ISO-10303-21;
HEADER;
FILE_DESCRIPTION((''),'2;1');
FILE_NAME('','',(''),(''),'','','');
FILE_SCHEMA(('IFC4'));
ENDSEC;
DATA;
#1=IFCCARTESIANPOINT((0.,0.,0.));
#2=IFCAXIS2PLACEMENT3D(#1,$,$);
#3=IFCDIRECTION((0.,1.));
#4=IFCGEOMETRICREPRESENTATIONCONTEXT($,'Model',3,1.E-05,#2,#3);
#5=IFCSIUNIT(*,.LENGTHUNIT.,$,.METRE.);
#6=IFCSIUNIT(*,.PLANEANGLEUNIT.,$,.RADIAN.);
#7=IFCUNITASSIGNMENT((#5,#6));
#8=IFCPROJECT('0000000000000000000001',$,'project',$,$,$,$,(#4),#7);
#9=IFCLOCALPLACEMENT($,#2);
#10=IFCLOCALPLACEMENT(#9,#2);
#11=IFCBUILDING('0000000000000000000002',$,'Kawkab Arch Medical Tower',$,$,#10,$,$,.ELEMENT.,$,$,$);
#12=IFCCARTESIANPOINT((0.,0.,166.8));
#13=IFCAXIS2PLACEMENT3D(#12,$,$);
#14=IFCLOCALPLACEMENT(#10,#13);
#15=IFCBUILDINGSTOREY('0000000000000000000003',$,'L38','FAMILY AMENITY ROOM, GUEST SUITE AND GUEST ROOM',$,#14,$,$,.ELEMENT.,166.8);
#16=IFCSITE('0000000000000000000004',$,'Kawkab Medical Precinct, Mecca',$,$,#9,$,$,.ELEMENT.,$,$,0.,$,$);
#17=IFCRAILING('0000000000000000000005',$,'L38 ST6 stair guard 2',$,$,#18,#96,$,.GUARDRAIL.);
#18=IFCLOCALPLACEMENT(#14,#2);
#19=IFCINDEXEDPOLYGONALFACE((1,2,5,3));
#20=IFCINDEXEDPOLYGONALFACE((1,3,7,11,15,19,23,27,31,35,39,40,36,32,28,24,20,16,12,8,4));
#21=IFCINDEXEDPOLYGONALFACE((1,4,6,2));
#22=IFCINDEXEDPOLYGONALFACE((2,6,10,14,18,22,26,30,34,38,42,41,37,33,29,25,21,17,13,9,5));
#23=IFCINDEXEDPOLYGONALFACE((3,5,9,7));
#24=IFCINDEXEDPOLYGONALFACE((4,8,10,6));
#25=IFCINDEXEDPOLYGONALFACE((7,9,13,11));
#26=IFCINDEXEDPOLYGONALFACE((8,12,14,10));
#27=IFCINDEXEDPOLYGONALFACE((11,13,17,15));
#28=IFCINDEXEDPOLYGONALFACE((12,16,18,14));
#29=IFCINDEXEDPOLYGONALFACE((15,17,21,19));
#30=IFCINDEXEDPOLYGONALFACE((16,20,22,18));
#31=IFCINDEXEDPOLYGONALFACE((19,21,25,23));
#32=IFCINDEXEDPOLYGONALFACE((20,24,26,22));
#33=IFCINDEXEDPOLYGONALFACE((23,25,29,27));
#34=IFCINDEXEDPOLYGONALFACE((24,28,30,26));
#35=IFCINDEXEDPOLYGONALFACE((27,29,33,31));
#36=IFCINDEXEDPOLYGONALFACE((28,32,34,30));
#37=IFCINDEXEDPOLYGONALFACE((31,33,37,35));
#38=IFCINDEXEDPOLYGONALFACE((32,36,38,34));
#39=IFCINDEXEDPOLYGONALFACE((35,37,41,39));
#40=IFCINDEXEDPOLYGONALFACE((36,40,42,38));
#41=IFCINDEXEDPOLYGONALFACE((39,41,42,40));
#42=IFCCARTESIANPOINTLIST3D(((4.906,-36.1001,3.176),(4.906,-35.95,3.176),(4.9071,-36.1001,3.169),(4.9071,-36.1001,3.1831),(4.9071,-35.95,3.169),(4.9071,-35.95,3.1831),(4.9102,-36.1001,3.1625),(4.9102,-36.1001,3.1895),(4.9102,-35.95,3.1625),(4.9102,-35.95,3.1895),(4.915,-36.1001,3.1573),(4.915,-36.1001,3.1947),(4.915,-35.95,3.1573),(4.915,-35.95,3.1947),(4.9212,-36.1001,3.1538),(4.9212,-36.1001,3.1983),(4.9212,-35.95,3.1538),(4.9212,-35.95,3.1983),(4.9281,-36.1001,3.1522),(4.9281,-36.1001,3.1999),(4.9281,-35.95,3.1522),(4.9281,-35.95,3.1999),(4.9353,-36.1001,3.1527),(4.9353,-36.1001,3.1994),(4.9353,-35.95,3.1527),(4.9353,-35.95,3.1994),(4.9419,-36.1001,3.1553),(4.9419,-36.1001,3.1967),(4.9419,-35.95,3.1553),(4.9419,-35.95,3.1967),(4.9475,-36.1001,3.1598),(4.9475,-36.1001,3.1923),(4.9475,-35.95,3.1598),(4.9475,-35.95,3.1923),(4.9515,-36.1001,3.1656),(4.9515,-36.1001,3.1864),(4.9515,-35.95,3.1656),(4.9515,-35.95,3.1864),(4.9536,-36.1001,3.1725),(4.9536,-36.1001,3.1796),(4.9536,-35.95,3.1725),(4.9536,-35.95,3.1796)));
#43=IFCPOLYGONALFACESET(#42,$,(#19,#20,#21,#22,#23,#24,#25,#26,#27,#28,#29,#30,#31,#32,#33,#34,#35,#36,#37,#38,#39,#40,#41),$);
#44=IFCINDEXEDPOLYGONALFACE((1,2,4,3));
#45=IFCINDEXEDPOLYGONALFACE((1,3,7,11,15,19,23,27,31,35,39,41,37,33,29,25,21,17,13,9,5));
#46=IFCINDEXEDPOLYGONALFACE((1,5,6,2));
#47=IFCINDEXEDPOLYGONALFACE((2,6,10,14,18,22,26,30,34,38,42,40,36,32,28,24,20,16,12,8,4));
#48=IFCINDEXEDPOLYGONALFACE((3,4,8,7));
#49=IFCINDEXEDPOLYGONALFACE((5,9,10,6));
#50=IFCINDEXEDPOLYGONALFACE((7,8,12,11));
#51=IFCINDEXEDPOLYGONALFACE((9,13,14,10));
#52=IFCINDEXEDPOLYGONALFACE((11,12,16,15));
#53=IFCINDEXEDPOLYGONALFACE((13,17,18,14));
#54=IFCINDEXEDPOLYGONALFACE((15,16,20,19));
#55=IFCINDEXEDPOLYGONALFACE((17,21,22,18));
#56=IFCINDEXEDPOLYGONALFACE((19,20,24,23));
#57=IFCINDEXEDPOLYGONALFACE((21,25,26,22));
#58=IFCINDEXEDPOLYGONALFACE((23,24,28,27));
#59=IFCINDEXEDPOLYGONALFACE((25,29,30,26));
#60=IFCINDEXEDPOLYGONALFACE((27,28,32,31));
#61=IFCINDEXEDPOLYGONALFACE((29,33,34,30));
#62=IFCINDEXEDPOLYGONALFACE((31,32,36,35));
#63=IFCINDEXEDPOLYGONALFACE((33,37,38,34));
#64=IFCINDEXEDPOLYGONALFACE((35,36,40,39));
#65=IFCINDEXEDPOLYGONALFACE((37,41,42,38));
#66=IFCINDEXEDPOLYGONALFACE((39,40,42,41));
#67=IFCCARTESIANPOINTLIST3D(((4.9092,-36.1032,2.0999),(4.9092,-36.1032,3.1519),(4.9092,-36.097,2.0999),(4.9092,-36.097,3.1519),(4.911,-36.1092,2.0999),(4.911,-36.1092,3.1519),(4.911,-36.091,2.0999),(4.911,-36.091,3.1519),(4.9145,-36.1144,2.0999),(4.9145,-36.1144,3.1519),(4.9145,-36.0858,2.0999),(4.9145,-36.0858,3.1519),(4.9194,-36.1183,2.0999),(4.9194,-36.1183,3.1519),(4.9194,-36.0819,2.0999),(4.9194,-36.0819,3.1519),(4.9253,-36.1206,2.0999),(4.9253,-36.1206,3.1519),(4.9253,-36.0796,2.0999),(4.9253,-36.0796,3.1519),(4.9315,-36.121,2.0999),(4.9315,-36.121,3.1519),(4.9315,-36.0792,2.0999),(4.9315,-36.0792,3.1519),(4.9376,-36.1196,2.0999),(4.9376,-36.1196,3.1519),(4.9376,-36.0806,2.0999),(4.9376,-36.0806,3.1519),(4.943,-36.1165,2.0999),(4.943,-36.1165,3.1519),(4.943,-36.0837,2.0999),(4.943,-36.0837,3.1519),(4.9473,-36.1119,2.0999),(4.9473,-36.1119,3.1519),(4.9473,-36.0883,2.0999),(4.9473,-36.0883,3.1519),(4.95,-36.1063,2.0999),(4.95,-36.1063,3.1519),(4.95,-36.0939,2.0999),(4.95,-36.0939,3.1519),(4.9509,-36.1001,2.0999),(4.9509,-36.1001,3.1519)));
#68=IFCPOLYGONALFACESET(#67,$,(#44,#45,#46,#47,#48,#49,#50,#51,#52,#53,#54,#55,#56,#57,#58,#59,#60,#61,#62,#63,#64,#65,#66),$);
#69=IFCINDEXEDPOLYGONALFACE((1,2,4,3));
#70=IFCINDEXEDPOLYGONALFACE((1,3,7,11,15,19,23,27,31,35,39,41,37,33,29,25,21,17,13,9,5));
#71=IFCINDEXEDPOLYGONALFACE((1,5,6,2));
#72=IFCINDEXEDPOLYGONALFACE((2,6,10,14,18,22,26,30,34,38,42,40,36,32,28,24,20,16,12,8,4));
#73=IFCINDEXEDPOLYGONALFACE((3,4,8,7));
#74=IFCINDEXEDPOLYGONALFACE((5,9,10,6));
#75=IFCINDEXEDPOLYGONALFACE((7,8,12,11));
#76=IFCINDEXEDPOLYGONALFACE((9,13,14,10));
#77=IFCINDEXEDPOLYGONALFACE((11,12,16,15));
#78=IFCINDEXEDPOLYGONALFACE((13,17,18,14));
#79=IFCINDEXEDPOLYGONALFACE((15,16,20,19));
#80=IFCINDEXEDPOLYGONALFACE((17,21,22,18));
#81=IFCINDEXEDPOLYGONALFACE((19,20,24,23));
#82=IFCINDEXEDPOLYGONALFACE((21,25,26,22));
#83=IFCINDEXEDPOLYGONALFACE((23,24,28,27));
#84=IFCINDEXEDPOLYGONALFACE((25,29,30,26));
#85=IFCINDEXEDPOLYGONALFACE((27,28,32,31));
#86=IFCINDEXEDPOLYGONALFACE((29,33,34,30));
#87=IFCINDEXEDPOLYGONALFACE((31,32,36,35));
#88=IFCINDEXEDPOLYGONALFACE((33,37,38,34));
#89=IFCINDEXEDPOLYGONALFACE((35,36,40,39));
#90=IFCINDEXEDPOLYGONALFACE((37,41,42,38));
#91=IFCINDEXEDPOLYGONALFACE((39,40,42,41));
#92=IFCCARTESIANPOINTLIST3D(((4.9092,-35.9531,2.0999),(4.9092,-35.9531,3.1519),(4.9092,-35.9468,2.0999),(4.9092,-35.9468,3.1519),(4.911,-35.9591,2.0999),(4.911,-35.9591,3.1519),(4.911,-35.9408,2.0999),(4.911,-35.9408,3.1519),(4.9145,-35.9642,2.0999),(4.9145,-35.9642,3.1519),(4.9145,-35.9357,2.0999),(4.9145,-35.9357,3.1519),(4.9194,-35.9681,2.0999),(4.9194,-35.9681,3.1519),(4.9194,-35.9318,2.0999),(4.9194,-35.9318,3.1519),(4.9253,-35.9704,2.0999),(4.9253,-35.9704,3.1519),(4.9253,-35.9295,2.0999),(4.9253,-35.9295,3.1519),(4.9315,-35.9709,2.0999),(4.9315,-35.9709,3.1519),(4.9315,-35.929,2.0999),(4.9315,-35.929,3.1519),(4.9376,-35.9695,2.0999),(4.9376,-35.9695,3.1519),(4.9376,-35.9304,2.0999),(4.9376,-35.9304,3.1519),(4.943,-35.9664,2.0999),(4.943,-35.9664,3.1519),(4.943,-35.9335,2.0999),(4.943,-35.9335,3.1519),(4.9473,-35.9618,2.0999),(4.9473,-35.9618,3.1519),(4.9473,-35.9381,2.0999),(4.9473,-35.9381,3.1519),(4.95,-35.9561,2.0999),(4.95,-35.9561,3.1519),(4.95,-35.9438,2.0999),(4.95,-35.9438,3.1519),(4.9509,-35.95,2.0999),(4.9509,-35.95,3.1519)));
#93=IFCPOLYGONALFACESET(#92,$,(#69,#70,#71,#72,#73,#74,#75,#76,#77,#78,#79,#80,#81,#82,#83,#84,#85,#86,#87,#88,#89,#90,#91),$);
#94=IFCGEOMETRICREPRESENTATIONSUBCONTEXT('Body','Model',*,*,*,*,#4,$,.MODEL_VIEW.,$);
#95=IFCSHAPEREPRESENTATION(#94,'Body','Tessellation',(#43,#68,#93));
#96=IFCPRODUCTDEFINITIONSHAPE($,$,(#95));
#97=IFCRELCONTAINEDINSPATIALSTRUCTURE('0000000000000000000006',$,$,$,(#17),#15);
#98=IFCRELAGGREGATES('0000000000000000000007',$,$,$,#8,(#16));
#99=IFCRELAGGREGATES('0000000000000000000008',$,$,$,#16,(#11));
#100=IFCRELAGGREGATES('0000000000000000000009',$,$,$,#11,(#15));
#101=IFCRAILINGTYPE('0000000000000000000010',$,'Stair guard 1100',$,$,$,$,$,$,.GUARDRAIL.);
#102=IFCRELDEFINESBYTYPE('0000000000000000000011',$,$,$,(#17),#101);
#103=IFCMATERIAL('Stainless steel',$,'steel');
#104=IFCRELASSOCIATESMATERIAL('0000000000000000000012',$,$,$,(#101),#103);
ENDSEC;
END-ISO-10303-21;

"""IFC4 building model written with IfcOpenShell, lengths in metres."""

from ifc_helpers import new_model, si_unit, direction, frame, origin, origin_2d, place, context, subcontext, project, spatial, circle, extrude, material, type_object, element, save


model = new_model("IFC4")

# Units and contexts
model_context = context("Model", 3, precision=1e-05, world=origin(), true_north=direction((0.0, 1.0)))
body_context = subcontext(model_context, "Body", "Model", "MODEL_VIEW")
ifc_project = project(units=[si_unit("LENGTHUNIT", "METRE"), si_unit("PLANEANGLEUNIT", "RADIAN")], contexts=[model_context])

# Site, building, storey
site_placement = place(None, origin())
site = spatial("IfcSite", under=ifc_project, at=site_placement, Name="Kawkab Medical Precinct, Mecca", CompositionType="ELEMENT", RefElevation=0.0)
building_placement = place(site_placement, origin())
building = spatial("IfcBuilding", under=site, at=building_placement, Name="Kawkab Arch Medical Tower", CompositionType="ELEMENT")
storey_placement = place(building_placement, frame((0.0, 0.0, 166.8)))
storey = spatial("IfcBuildingStorey", under=building, at=storey_placement, Name="L38", Description="FAMILY AMENITY ROOM, GUEST SUITE AND GUEST ROOM", CompositionType="ELEMENT", Elevation=166.8)

# Railing
ifc_material_1 = material(Name="Stainless steel", Category="steel")
railing_type = type_object("IfcRailingType", Name="Stair guard 1100", PredefinedType="GUARDRAIL", material=ifc_material_1)
railing_1_placement = place(storey_placement, frame((4.9299, -36.1001, 2.0999)))
element("IfcRailing", 1, at=railing_1_placement, inside=storey, type_object=railing_type, Name="L38 ST6 stair guard 2", PredefinedType="GUARDRAIL", context=body_context, shape_type="SweptSolid", body=[
    extrude(circle(Radius=0.0239, at=origin_2d()), frame((0.0, 0.0, 1.0762), z_axis=(0.0, 1.0, 0.0), x_axis=(-1.0, 0.0, 0.0)), (0.0, 0.0, 1.0), 0.1501),
    extrude(circle(Radius=0.021, at=origin_2d()), origin(), (0.0, 0.0, 1.0), 1.052),
    extrude(circle(Radius=0.021, at=origin_2d()), frame((0.0, 0.1501, 0.0)), (0.0, 0.0, 1.0), 1.052),
])

save(model, "model.ifc")
